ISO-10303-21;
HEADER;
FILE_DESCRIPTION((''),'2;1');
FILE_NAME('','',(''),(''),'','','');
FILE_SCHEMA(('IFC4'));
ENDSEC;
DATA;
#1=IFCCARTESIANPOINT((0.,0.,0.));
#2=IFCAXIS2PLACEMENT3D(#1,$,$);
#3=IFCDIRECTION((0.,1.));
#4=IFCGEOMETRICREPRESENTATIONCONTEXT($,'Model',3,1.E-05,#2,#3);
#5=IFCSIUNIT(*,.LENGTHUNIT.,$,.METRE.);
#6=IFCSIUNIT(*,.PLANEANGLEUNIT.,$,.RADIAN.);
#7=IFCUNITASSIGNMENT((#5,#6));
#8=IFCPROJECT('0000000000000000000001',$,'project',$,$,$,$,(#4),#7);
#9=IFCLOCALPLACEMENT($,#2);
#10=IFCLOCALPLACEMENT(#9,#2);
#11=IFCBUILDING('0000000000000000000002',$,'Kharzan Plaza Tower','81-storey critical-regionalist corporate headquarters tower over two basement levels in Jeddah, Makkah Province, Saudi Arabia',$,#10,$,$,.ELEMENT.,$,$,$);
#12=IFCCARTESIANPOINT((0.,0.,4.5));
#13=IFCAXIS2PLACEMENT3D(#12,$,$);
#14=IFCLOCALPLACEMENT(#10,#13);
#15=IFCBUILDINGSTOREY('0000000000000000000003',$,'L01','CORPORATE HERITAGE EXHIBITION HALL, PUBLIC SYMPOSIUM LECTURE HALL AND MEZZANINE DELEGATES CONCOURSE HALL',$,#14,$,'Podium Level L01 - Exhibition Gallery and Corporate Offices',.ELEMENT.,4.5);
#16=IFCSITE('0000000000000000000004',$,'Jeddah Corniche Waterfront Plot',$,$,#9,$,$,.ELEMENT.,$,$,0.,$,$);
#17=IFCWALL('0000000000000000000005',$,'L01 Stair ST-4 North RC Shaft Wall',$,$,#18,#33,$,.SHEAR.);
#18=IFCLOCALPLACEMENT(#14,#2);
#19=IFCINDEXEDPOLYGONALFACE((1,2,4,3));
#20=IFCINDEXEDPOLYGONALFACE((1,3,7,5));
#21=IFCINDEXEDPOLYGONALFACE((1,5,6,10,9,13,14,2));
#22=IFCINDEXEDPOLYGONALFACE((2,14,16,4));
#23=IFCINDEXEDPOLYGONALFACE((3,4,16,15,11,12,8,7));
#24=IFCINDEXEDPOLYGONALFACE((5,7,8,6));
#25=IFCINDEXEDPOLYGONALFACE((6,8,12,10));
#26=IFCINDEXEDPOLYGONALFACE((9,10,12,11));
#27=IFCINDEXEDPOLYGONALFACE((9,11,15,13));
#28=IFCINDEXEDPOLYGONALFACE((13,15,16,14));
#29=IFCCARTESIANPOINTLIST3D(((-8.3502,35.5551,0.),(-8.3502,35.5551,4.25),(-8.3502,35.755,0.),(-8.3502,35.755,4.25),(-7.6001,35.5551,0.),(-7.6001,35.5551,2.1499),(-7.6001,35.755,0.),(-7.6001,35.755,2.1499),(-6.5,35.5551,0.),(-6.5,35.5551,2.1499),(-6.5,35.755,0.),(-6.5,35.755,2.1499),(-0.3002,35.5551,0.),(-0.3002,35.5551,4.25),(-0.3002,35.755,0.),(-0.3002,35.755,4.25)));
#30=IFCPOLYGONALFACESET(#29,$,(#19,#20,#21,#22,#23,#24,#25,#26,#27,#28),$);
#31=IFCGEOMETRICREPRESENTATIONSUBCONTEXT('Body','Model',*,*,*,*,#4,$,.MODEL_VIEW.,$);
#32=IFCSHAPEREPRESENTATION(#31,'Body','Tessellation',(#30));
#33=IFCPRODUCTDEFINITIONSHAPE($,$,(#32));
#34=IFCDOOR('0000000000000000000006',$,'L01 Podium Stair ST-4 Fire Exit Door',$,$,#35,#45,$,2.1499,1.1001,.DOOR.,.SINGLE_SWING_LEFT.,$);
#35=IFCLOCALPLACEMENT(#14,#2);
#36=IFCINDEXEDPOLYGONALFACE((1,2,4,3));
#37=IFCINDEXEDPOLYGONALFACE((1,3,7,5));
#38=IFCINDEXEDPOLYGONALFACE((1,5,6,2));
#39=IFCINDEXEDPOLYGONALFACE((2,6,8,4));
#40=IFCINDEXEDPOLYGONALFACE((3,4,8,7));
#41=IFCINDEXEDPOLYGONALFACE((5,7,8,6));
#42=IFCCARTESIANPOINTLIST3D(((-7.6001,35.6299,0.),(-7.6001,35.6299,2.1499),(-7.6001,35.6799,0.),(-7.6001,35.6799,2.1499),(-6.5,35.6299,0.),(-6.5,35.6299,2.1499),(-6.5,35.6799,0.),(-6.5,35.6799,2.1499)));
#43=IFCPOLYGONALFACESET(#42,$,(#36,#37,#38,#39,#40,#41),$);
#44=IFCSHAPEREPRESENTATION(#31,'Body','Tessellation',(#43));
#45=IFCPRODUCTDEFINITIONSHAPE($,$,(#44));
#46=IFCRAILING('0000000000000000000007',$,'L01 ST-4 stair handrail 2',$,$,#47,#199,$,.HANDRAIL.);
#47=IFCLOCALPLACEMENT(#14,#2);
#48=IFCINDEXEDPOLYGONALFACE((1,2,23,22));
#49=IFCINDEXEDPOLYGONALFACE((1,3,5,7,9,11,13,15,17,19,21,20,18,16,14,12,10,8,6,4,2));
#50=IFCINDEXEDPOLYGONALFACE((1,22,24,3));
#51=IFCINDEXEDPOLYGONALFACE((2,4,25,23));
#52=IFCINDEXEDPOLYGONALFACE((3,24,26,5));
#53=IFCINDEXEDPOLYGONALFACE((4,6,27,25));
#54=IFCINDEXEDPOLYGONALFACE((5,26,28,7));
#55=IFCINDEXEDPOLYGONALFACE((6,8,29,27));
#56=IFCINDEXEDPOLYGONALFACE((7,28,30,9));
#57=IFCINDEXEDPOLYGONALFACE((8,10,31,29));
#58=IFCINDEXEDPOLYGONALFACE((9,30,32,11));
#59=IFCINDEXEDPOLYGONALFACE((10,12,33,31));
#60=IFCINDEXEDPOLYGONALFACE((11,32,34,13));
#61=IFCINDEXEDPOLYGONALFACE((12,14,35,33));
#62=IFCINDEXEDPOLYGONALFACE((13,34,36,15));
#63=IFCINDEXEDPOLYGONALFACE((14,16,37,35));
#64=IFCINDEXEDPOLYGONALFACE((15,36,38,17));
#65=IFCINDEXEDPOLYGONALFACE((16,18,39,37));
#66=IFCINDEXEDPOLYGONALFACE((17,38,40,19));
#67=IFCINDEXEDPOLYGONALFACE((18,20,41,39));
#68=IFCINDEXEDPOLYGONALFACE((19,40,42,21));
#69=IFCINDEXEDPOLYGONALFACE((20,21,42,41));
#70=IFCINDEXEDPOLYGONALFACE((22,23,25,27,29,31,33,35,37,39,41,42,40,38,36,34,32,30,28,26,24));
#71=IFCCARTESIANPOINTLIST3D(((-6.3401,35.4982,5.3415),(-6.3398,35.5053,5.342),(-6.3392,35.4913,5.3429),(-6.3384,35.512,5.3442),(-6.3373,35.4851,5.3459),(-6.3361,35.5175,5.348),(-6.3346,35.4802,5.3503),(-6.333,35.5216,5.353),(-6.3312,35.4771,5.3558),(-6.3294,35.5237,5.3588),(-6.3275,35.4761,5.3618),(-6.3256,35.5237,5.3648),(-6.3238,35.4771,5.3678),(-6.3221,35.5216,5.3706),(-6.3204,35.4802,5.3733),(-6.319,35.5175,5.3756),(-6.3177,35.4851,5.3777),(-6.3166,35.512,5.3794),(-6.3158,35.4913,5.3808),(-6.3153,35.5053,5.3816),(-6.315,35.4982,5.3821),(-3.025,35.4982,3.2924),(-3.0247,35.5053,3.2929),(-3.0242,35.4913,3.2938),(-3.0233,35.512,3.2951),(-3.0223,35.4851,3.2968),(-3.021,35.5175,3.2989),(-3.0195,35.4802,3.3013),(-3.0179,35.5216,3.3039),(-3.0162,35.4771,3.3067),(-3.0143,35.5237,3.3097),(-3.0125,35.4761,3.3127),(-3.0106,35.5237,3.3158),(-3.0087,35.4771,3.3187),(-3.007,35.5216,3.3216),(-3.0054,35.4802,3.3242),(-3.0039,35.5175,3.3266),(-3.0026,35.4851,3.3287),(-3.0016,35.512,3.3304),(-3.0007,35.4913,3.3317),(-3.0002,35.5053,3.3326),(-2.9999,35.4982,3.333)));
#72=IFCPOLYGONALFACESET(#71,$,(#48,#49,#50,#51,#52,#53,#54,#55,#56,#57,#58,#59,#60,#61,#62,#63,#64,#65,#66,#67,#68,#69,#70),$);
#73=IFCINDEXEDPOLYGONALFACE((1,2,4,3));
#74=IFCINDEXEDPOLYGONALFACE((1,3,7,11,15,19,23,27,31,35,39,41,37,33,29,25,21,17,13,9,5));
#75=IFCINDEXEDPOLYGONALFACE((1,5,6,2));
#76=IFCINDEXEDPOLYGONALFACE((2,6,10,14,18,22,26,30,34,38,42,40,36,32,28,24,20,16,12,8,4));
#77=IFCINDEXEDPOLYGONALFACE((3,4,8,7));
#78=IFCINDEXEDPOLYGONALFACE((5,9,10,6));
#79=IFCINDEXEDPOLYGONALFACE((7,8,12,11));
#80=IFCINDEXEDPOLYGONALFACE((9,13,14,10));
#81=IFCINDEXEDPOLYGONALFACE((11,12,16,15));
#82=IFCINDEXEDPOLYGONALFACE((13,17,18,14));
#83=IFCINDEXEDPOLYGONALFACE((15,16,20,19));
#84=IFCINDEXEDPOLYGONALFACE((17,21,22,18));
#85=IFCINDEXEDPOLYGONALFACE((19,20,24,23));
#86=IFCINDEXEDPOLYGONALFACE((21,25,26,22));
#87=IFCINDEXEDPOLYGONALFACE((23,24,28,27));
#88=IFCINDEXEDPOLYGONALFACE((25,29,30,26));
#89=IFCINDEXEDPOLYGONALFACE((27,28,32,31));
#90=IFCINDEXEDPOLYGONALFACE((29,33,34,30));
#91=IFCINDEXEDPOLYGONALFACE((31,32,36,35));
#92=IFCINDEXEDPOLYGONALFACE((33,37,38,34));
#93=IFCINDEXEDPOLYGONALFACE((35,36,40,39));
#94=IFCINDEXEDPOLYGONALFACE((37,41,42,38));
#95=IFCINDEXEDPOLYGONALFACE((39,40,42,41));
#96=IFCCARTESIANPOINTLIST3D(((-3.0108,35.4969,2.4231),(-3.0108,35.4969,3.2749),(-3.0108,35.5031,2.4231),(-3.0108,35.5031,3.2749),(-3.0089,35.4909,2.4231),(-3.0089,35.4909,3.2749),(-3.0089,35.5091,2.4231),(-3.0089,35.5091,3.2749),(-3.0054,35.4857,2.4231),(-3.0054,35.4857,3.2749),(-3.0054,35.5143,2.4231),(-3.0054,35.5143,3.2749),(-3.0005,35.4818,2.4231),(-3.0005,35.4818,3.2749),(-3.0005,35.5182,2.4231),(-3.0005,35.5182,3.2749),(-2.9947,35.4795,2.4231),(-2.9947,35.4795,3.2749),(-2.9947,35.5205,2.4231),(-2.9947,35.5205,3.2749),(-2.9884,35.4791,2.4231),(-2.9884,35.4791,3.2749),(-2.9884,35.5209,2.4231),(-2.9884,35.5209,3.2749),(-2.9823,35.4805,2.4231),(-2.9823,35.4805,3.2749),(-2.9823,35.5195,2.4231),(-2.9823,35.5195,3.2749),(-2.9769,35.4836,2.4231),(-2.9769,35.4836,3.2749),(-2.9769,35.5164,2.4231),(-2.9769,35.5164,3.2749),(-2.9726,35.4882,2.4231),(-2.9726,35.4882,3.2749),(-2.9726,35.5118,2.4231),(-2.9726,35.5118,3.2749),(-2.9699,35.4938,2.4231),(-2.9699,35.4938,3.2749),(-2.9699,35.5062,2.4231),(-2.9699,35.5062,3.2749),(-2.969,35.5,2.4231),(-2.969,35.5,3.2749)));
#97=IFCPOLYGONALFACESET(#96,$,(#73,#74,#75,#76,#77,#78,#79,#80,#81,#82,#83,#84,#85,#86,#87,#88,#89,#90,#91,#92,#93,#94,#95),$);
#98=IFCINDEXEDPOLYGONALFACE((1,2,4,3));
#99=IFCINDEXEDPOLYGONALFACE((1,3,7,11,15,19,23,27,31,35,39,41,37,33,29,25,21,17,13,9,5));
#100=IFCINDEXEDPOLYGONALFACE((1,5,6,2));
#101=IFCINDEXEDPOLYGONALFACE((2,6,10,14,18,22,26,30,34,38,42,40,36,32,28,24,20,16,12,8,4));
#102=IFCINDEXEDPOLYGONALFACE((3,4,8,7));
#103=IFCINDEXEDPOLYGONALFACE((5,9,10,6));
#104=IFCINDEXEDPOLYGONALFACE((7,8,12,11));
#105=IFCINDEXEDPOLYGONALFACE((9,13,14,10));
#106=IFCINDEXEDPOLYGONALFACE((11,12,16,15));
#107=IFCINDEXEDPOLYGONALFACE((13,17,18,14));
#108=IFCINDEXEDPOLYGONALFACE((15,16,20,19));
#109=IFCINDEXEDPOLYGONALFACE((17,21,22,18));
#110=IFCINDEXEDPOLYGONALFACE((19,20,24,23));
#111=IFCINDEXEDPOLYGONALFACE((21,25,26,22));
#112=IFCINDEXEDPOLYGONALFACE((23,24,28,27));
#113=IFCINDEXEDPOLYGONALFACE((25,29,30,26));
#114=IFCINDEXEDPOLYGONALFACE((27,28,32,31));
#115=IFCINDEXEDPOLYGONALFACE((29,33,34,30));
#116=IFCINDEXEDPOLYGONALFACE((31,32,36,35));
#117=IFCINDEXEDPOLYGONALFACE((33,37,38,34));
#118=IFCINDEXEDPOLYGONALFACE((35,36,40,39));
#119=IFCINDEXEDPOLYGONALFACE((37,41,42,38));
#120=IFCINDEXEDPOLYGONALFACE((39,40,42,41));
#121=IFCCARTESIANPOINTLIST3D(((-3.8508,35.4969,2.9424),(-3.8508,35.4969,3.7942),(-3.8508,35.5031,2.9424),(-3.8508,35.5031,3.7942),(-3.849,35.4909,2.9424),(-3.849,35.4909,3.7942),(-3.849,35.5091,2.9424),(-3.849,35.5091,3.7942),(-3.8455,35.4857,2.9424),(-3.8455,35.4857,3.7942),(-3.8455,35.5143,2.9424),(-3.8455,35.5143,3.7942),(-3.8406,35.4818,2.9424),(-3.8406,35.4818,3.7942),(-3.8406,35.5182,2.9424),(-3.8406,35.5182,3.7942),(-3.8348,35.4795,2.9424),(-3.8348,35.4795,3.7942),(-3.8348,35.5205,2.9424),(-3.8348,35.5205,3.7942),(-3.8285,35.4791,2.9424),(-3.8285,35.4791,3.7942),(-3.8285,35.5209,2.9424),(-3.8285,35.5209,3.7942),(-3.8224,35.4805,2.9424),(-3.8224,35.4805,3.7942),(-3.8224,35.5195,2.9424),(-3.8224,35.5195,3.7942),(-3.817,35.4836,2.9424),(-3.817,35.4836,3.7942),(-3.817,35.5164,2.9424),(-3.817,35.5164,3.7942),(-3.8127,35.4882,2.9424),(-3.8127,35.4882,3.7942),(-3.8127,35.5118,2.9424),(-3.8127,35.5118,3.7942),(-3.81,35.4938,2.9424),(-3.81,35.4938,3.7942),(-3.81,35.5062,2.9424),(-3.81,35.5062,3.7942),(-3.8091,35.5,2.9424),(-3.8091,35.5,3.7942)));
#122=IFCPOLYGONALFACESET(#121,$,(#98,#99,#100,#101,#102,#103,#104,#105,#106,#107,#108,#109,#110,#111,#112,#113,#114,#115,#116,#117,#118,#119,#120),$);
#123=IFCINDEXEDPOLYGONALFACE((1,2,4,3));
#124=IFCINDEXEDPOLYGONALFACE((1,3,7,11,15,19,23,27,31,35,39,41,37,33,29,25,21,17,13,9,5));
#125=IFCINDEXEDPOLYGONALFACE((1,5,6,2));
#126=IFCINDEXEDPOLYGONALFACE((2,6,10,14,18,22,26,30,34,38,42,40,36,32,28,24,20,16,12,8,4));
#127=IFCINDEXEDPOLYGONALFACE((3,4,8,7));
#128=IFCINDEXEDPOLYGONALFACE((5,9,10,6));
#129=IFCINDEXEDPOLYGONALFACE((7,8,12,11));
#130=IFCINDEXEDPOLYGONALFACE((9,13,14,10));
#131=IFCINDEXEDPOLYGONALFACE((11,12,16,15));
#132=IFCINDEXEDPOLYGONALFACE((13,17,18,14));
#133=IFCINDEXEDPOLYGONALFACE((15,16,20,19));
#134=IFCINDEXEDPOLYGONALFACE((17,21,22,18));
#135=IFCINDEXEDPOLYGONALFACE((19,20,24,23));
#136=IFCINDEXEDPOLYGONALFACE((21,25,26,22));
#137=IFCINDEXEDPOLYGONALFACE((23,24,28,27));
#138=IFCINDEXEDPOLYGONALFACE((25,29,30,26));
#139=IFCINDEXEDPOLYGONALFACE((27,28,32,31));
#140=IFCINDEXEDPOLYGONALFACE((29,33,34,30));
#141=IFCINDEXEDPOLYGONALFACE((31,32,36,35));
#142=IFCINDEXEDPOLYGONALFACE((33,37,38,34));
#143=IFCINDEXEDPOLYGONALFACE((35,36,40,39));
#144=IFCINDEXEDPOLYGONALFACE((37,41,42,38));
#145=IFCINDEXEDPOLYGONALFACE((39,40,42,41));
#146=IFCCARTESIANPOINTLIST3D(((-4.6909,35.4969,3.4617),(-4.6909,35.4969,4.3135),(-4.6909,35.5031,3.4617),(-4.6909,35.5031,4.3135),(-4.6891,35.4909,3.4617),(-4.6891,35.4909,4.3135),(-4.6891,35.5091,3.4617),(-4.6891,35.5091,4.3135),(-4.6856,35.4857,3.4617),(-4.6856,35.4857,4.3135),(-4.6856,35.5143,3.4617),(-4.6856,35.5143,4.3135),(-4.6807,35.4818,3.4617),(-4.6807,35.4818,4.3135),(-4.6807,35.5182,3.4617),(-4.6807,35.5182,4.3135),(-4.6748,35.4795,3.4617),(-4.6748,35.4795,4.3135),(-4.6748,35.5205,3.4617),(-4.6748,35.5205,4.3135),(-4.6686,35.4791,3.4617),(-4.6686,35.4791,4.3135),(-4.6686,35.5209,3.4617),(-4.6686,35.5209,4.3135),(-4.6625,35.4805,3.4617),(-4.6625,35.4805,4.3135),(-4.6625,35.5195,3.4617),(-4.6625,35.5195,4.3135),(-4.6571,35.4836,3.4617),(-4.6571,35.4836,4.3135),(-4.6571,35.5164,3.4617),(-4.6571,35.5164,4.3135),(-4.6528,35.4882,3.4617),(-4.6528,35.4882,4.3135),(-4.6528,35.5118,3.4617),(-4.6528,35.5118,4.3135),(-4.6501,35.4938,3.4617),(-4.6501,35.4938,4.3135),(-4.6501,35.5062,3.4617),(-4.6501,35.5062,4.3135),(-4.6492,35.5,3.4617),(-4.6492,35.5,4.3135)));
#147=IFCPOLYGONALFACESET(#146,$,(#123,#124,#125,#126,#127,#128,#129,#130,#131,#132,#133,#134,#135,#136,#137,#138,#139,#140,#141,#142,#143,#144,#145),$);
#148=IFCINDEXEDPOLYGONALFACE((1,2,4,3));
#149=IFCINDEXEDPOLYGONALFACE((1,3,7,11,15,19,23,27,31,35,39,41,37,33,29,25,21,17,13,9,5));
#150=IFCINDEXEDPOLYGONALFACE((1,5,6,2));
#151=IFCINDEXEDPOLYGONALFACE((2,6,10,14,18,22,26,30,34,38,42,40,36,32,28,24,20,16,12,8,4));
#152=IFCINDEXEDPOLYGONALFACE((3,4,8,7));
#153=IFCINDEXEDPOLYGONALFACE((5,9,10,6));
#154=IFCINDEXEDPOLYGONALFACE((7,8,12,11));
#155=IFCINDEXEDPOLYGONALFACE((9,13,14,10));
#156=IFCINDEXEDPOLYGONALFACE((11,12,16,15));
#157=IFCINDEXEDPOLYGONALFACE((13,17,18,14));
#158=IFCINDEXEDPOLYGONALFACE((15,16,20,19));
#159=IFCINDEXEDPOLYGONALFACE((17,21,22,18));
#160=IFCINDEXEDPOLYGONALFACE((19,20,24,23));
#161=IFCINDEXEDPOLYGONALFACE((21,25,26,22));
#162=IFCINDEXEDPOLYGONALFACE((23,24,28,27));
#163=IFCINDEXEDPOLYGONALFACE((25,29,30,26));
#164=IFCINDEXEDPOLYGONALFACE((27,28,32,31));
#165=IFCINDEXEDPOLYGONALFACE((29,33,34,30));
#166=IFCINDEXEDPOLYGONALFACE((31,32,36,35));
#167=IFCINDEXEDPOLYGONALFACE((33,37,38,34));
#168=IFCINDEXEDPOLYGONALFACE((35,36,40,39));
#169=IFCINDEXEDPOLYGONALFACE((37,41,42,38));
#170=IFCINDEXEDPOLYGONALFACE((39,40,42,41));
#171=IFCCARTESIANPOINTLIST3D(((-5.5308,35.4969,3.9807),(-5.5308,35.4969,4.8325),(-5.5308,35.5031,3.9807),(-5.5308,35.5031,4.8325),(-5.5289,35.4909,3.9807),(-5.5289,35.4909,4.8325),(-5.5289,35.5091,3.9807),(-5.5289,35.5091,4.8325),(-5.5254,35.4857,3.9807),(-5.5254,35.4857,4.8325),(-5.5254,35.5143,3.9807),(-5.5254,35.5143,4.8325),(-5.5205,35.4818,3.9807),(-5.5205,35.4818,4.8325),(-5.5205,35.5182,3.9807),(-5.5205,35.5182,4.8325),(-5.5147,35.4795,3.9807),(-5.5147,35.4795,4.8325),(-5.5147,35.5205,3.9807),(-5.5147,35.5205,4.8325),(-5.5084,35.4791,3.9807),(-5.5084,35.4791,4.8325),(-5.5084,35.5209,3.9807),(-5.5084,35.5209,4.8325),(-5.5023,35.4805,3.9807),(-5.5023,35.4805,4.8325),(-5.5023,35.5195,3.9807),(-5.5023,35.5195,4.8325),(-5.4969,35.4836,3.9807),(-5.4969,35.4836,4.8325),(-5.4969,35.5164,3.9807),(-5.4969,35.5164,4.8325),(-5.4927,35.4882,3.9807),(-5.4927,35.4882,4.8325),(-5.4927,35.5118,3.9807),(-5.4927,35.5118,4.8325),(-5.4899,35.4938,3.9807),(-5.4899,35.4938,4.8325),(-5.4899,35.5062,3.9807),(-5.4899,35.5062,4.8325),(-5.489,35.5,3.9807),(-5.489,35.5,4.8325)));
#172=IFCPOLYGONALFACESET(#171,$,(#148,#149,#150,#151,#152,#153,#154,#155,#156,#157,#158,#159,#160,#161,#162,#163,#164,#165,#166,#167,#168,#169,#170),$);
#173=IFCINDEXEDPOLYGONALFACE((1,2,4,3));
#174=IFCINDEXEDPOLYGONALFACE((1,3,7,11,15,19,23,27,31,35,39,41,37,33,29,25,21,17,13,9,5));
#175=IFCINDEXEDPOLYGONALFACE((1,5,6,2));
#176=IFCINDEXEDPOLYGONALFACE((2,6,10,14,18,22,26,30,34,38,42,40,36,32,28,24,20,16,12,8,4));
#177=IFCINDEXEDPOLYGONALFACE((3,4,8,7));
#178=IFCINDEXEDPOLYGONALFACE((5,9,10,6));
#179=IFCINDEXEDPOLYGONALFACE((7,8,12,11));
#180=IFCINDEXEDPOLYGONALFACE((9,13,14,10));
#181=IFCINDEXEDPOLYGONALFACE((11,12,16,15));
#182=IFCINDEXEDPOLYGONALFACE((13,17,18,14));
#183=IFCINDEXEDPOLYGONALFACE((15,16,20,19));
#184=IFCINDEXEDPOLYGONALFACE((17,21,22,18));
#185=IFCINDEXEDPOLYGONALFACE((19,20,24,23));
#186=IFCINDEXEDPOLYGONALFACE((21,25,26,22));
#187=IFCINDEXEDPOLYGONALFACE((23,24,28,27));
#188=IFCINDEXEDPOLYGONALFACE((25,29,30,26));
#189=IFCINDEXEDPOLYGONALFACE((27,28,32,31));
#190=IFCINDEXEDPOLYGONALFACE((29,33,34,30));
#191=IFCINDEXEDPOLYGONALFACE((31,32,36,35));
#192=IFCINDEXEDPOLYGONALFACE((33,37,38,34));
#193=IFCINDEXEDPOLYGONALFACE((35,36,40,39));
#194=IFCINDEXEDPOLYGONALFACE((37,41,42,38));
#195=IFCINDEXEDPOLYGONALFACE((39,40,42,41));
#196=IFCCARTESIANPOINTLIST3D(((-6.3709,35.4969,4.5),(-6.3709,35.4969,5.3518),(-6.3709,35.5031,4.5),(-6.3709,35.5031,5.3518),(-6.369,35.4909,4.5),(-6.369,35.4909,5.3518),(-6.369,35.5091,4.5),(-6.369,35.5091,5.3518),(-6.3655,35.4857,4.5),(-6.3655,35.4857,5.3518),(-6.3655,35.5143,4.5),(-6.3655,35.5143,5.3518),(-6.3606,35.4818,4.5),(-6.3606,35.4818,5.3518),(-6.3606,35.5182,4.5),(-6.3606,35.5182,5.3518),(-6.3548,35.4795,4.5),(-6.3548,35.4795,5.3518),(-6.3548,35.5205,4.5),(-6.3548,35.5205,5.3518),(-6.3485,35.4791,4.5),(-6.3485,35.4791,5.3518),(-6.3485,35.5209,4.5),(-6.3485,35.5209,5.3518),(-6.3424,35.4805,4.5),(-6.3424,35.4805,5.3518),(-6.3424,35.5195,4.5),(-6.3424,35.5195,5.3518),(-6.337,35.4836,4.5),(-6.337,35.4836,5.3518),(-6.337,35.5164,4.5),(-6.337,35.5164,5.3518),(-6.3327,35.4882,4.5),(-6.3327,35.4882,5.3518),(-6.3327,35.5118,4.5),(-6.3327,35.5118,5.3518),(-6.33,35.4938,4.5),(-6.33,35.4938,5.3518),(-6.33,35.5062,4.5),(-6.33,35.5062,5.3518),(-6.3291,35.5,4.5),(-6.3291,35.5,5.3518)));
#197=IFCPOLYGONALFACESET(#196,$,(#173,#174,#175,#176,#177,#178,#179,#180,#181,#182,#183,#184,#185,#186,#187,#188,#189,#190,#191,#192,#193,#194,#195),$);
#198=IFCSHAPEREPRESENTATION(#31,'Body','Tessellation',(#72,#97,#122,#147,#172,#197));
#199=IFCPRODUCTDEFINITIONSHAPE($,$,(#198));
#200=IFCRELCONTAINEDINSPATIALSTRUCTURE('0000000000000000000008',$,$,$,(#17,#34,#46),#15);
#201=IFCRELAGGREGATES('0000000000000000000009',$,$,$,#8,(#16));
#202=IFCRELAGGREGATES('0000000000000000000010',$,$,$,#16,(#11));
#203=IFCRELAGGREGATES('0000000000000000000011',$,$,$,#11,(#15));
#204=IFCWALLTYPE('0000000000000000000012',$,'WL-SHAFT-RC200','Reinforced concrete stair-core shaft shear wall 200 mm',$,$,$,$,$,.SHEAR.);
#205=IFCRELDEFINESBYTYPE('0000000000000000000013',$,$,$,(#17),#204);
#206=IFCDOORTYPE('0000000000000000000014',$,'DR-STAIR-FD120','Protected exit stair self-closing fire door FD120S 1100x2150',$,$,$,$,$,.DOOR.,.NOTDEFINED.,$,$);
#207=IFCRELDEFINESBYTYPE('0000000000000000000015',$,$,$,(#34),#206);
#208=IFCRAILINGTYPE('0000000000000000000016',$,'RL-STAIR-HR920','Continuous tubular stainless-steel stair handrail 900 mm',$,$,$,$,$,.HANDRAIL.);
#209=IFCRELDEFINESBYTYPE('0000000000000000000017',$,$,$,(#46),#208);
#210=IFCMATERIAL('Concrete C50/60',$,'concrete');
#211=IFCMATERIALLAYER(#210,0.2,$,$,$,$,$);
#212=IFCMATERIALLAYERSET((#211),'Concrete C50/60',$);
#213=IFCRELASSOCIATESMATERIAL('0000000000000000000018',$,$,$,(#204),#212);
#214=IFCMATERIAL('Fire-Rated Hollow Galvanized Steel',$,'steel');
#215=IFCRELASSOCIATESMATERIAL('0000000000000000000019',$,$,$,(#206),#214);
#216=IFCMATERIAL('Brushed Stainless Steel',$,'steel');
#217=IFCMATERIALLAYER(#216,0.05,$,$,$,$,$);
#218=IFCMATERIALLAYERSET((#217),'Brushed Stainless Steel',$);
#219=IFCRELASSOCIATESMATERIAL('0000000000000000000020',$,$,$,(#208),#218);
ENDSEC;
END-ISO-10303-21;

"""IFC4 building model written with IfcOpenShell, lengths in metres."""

from ifc_helpers import new_model, si_unit, direction, frame, frame_2d, origin, origin_2d, place, context, subcontext, project, spatial, rectangle, circle, extrude, source, transform, mapped, material, layer, layer_set, type_object, element, fill, save


model = new_model("IFC4")

# Units and contexts
model_context = context("Model", 3, precision=1e-05, world=origin(), true_north=direction((0.0, 1.0)))
body_context = subcontext(model_context, "Body", "Model", "MODEL_VIEW")
ifc_project = project(units=[si_unit("LENGTHUNIT", "METRE"), si_unit("PLANEANGLEUNIT", "RADIAN")], contexts=[model_context])

# Site, building, storey
site_placement = place(None, origin())
site = spatial("IfcSite", under=ifc_project, at=site_placement, Name="Jeddah Corniche Waterfront Plot", CompositionType="ELEMENT", RefElevation=0.0)
building_placement = place(site_placement, origin())
building = spatial("IfcBuilding", under=site, at=building_placement, Name="Kharzan Plaza Tower", Description="81-storey critical-regionalist corporate headquarters tower over two basement levels in Jeddah, Makkah Province, Saudi Arabia", CompositionType="ELEMENT")
storey_placement = place(building_placement, frame((0.0, 0.0, 4.5)))
storey = spatial("IfcBuildingStorey", under=building, at=storey_placement, Name="L01", Description="CORPORATE HERITAGE EXHIBITION HALL, PUBLIC SYMPOSIUM LECTURE HALL AND MEZZANINE DELEGATES CONCOURSE HALL", LongName="Podium Level L01 - Exhibition Gallery and Corporate Offices", CompositionType="ELEMENT", Elevation=4.5)

# Wall, opening, door
ifc_material_1 = material(Name="Concrete C50/60", Category="concrete")
ifc_layer_1 = layer(ifc_material_1, 0.2)
ifc_layer_set_1 = layer_set([ifc_layer_1], Name="Concrete C50/60")
wall_type_1 = type_object("IfcWallType", Name="WL-SHAFT-RC200", Description="Reinforced concrete stair-core shaft shear wall 200 mm", PredefinedType="SHEAR", material=ifc_layer_set_1)
wall_1_placement = place(storey_placement, frame((-8.3501, 35.655, 0.0), z_axis=(0.0, 0.0, 1.0), x_axis=(1.0, 0.0, 0.0)))
wall_1 = element("IfcWall", 1, at=wall_1_placement, inside=storey, type_object=wall_type_1, Name="L01 Stair ST-4 North RC Shaft Wall", PredefinedType="SHEAR", context=body_context, shape_type="SweptSolid", body=[
    extrude(rectangle(XDim=8.05, YDim=0.2, at=frame_2d((4.0249, 0.0))), origin(), (0.0, 0.0, 1.0), 4.25),
])
opening_1_placement = place(wall_1_placement, frame((0.75, 0.0, 0.0)))
opening_1 = element("IfcOpeningElement", 2, at=opening_1_placement, cuts=wall_1, PredefinedType="OPENING", context=body_context, shape_type="SweptSolid", body=[
    extrude(rectangle(XDim=1.1001, YDim=2.1499, at=frame_2d((0.55, 1.075))), frame((0.0, 0.1099, 0.0), z_axis=(0.0, -1.0, 0.0), x_axis=(1.0, 0.0, 0.0)), (0.0, 0.0, 1.0), 0.22),
])
ifc_material_2 = material(Name="Fire-Rated Hollow Galvanized Steel", Category="steel")
door_type = type_object("IfcDoorType", Name="DR-STAIR-FD120", Description="Protected exit stair self-closing fire door FD120S 1100x2150", OperationType="NOTDEFINED", PredefinedType="DOOR", material=ifc_material_2)
shared_shape_1 = source(origin(), body_context, "Body", "SweptSolid", [
    extrude(rectangle(XDim=1.1001, YDim=2.1499, at=frame_2d((0.55, 1.075))), frame((0.0, 0.0249, 0.0), z_axis=(0.0, -1.0, 0.0), x_axis=(1.0, 0.0, 0.0)), (0.0, 0.0, 1.0), 0.05),
])
door_placement = place(opening_1_placement, origin())
door = element("IfcDoor", 3, at=door_placement, inside=storey, type_object=door_type, Name="L01 Podium Stair ST-4 Fire Exit Door", OperationType="SINGLE_SWING_LEFT", OverallHeight=2.1499, OverallWidth=1.1001, PredefinedType="DOOR", context=body_context, shape_type="MappedRepresentation", body=[
    mapped(shared_shape_1, transform((0.0, 0.0, 0.0), x_axis=(1.0, 0.0, 0.0), y_axis=(0.0, 1.0, 0.0), z_axis=(0.0, 0.0, 1.0))),
])
fill(opening_1, door)

# Railing
ifc_material_3 = material(Name="Brushed Stainless Steel", Category="steel")
ifc_layer_2 = layer(ifc_material_3, 0.05)
ifc_layer_set_2 = layer_set([ifc_layer_2], Name="Brushed Stainless Steel")
railing_type = type_object("IfcRailingType", Name="RL-STAIR-HR920", Description="Continuous tubular stainless-steel stair handrail 900 mm", PredefinedType="HANDRAIL", material=ifc_layer_set_2)
shared_shape_2 = source(origin(), body_context, "Body", "SweptSolid", [
    extrude(circle(Radius=0.0239, at=origin_2d()), frame((-0.0225, 0.0, 0.8896), z_axis=(-0.850623, 0.0, 0.525776), x_axis=(0.0, -1.0, 0.0)), (0.0, 0.0, 1.0), 3.8972),
    extrude(circle(Radius=0.021, at=origin_2d()), origin(), (0.0, 0.0, 1.0), 0.8518),
    extrude(circle(Radius=0.021, at=origin_2d()), frame((-0.8401, 0.0, 0.5193)), (0.0, 0.0, 1.0), 0.8518),
    extrude(circle(Radius=0.021, at=origin_2d()), frame((-1.6802, 0.0, 1.0386)), (0.0, 0.0, 1.0), 0.8518),
    extrude(circle(Radius=0.021, at=origin_2d()), frame((-2.52, 0.0, 1.5576)), (0.0, 0.0, 1.0), 0.8518),
    extrude(circle(Radius=0.021, at=origin_2d()), frame((-3.3601, 0.0, 2.0769)), (0.0, 0.0, 1.0), 0.8518),
])
railing_placement = place(storey_placement, frame((-2.99, 35.5, 2.4231)))
element("IfcRailing", 4, at=railing_placement, inside=storey, type_object=railing_type, Name="L01 ST-4 stair handrail 2", PredefinedType="HANDRAIL", context=body_context, shape_type="MappedRepresentation", body=[
    mapped(shared_shape_2, transform((0.0, 0.0, 0.0), x_axis=(1.0, 0.0, 0.0), y_axis=(0.0, 1.0, 0.0), z_axis=(0.0, 0.0, 1.0))),
])

save(model, "model.ifc")
